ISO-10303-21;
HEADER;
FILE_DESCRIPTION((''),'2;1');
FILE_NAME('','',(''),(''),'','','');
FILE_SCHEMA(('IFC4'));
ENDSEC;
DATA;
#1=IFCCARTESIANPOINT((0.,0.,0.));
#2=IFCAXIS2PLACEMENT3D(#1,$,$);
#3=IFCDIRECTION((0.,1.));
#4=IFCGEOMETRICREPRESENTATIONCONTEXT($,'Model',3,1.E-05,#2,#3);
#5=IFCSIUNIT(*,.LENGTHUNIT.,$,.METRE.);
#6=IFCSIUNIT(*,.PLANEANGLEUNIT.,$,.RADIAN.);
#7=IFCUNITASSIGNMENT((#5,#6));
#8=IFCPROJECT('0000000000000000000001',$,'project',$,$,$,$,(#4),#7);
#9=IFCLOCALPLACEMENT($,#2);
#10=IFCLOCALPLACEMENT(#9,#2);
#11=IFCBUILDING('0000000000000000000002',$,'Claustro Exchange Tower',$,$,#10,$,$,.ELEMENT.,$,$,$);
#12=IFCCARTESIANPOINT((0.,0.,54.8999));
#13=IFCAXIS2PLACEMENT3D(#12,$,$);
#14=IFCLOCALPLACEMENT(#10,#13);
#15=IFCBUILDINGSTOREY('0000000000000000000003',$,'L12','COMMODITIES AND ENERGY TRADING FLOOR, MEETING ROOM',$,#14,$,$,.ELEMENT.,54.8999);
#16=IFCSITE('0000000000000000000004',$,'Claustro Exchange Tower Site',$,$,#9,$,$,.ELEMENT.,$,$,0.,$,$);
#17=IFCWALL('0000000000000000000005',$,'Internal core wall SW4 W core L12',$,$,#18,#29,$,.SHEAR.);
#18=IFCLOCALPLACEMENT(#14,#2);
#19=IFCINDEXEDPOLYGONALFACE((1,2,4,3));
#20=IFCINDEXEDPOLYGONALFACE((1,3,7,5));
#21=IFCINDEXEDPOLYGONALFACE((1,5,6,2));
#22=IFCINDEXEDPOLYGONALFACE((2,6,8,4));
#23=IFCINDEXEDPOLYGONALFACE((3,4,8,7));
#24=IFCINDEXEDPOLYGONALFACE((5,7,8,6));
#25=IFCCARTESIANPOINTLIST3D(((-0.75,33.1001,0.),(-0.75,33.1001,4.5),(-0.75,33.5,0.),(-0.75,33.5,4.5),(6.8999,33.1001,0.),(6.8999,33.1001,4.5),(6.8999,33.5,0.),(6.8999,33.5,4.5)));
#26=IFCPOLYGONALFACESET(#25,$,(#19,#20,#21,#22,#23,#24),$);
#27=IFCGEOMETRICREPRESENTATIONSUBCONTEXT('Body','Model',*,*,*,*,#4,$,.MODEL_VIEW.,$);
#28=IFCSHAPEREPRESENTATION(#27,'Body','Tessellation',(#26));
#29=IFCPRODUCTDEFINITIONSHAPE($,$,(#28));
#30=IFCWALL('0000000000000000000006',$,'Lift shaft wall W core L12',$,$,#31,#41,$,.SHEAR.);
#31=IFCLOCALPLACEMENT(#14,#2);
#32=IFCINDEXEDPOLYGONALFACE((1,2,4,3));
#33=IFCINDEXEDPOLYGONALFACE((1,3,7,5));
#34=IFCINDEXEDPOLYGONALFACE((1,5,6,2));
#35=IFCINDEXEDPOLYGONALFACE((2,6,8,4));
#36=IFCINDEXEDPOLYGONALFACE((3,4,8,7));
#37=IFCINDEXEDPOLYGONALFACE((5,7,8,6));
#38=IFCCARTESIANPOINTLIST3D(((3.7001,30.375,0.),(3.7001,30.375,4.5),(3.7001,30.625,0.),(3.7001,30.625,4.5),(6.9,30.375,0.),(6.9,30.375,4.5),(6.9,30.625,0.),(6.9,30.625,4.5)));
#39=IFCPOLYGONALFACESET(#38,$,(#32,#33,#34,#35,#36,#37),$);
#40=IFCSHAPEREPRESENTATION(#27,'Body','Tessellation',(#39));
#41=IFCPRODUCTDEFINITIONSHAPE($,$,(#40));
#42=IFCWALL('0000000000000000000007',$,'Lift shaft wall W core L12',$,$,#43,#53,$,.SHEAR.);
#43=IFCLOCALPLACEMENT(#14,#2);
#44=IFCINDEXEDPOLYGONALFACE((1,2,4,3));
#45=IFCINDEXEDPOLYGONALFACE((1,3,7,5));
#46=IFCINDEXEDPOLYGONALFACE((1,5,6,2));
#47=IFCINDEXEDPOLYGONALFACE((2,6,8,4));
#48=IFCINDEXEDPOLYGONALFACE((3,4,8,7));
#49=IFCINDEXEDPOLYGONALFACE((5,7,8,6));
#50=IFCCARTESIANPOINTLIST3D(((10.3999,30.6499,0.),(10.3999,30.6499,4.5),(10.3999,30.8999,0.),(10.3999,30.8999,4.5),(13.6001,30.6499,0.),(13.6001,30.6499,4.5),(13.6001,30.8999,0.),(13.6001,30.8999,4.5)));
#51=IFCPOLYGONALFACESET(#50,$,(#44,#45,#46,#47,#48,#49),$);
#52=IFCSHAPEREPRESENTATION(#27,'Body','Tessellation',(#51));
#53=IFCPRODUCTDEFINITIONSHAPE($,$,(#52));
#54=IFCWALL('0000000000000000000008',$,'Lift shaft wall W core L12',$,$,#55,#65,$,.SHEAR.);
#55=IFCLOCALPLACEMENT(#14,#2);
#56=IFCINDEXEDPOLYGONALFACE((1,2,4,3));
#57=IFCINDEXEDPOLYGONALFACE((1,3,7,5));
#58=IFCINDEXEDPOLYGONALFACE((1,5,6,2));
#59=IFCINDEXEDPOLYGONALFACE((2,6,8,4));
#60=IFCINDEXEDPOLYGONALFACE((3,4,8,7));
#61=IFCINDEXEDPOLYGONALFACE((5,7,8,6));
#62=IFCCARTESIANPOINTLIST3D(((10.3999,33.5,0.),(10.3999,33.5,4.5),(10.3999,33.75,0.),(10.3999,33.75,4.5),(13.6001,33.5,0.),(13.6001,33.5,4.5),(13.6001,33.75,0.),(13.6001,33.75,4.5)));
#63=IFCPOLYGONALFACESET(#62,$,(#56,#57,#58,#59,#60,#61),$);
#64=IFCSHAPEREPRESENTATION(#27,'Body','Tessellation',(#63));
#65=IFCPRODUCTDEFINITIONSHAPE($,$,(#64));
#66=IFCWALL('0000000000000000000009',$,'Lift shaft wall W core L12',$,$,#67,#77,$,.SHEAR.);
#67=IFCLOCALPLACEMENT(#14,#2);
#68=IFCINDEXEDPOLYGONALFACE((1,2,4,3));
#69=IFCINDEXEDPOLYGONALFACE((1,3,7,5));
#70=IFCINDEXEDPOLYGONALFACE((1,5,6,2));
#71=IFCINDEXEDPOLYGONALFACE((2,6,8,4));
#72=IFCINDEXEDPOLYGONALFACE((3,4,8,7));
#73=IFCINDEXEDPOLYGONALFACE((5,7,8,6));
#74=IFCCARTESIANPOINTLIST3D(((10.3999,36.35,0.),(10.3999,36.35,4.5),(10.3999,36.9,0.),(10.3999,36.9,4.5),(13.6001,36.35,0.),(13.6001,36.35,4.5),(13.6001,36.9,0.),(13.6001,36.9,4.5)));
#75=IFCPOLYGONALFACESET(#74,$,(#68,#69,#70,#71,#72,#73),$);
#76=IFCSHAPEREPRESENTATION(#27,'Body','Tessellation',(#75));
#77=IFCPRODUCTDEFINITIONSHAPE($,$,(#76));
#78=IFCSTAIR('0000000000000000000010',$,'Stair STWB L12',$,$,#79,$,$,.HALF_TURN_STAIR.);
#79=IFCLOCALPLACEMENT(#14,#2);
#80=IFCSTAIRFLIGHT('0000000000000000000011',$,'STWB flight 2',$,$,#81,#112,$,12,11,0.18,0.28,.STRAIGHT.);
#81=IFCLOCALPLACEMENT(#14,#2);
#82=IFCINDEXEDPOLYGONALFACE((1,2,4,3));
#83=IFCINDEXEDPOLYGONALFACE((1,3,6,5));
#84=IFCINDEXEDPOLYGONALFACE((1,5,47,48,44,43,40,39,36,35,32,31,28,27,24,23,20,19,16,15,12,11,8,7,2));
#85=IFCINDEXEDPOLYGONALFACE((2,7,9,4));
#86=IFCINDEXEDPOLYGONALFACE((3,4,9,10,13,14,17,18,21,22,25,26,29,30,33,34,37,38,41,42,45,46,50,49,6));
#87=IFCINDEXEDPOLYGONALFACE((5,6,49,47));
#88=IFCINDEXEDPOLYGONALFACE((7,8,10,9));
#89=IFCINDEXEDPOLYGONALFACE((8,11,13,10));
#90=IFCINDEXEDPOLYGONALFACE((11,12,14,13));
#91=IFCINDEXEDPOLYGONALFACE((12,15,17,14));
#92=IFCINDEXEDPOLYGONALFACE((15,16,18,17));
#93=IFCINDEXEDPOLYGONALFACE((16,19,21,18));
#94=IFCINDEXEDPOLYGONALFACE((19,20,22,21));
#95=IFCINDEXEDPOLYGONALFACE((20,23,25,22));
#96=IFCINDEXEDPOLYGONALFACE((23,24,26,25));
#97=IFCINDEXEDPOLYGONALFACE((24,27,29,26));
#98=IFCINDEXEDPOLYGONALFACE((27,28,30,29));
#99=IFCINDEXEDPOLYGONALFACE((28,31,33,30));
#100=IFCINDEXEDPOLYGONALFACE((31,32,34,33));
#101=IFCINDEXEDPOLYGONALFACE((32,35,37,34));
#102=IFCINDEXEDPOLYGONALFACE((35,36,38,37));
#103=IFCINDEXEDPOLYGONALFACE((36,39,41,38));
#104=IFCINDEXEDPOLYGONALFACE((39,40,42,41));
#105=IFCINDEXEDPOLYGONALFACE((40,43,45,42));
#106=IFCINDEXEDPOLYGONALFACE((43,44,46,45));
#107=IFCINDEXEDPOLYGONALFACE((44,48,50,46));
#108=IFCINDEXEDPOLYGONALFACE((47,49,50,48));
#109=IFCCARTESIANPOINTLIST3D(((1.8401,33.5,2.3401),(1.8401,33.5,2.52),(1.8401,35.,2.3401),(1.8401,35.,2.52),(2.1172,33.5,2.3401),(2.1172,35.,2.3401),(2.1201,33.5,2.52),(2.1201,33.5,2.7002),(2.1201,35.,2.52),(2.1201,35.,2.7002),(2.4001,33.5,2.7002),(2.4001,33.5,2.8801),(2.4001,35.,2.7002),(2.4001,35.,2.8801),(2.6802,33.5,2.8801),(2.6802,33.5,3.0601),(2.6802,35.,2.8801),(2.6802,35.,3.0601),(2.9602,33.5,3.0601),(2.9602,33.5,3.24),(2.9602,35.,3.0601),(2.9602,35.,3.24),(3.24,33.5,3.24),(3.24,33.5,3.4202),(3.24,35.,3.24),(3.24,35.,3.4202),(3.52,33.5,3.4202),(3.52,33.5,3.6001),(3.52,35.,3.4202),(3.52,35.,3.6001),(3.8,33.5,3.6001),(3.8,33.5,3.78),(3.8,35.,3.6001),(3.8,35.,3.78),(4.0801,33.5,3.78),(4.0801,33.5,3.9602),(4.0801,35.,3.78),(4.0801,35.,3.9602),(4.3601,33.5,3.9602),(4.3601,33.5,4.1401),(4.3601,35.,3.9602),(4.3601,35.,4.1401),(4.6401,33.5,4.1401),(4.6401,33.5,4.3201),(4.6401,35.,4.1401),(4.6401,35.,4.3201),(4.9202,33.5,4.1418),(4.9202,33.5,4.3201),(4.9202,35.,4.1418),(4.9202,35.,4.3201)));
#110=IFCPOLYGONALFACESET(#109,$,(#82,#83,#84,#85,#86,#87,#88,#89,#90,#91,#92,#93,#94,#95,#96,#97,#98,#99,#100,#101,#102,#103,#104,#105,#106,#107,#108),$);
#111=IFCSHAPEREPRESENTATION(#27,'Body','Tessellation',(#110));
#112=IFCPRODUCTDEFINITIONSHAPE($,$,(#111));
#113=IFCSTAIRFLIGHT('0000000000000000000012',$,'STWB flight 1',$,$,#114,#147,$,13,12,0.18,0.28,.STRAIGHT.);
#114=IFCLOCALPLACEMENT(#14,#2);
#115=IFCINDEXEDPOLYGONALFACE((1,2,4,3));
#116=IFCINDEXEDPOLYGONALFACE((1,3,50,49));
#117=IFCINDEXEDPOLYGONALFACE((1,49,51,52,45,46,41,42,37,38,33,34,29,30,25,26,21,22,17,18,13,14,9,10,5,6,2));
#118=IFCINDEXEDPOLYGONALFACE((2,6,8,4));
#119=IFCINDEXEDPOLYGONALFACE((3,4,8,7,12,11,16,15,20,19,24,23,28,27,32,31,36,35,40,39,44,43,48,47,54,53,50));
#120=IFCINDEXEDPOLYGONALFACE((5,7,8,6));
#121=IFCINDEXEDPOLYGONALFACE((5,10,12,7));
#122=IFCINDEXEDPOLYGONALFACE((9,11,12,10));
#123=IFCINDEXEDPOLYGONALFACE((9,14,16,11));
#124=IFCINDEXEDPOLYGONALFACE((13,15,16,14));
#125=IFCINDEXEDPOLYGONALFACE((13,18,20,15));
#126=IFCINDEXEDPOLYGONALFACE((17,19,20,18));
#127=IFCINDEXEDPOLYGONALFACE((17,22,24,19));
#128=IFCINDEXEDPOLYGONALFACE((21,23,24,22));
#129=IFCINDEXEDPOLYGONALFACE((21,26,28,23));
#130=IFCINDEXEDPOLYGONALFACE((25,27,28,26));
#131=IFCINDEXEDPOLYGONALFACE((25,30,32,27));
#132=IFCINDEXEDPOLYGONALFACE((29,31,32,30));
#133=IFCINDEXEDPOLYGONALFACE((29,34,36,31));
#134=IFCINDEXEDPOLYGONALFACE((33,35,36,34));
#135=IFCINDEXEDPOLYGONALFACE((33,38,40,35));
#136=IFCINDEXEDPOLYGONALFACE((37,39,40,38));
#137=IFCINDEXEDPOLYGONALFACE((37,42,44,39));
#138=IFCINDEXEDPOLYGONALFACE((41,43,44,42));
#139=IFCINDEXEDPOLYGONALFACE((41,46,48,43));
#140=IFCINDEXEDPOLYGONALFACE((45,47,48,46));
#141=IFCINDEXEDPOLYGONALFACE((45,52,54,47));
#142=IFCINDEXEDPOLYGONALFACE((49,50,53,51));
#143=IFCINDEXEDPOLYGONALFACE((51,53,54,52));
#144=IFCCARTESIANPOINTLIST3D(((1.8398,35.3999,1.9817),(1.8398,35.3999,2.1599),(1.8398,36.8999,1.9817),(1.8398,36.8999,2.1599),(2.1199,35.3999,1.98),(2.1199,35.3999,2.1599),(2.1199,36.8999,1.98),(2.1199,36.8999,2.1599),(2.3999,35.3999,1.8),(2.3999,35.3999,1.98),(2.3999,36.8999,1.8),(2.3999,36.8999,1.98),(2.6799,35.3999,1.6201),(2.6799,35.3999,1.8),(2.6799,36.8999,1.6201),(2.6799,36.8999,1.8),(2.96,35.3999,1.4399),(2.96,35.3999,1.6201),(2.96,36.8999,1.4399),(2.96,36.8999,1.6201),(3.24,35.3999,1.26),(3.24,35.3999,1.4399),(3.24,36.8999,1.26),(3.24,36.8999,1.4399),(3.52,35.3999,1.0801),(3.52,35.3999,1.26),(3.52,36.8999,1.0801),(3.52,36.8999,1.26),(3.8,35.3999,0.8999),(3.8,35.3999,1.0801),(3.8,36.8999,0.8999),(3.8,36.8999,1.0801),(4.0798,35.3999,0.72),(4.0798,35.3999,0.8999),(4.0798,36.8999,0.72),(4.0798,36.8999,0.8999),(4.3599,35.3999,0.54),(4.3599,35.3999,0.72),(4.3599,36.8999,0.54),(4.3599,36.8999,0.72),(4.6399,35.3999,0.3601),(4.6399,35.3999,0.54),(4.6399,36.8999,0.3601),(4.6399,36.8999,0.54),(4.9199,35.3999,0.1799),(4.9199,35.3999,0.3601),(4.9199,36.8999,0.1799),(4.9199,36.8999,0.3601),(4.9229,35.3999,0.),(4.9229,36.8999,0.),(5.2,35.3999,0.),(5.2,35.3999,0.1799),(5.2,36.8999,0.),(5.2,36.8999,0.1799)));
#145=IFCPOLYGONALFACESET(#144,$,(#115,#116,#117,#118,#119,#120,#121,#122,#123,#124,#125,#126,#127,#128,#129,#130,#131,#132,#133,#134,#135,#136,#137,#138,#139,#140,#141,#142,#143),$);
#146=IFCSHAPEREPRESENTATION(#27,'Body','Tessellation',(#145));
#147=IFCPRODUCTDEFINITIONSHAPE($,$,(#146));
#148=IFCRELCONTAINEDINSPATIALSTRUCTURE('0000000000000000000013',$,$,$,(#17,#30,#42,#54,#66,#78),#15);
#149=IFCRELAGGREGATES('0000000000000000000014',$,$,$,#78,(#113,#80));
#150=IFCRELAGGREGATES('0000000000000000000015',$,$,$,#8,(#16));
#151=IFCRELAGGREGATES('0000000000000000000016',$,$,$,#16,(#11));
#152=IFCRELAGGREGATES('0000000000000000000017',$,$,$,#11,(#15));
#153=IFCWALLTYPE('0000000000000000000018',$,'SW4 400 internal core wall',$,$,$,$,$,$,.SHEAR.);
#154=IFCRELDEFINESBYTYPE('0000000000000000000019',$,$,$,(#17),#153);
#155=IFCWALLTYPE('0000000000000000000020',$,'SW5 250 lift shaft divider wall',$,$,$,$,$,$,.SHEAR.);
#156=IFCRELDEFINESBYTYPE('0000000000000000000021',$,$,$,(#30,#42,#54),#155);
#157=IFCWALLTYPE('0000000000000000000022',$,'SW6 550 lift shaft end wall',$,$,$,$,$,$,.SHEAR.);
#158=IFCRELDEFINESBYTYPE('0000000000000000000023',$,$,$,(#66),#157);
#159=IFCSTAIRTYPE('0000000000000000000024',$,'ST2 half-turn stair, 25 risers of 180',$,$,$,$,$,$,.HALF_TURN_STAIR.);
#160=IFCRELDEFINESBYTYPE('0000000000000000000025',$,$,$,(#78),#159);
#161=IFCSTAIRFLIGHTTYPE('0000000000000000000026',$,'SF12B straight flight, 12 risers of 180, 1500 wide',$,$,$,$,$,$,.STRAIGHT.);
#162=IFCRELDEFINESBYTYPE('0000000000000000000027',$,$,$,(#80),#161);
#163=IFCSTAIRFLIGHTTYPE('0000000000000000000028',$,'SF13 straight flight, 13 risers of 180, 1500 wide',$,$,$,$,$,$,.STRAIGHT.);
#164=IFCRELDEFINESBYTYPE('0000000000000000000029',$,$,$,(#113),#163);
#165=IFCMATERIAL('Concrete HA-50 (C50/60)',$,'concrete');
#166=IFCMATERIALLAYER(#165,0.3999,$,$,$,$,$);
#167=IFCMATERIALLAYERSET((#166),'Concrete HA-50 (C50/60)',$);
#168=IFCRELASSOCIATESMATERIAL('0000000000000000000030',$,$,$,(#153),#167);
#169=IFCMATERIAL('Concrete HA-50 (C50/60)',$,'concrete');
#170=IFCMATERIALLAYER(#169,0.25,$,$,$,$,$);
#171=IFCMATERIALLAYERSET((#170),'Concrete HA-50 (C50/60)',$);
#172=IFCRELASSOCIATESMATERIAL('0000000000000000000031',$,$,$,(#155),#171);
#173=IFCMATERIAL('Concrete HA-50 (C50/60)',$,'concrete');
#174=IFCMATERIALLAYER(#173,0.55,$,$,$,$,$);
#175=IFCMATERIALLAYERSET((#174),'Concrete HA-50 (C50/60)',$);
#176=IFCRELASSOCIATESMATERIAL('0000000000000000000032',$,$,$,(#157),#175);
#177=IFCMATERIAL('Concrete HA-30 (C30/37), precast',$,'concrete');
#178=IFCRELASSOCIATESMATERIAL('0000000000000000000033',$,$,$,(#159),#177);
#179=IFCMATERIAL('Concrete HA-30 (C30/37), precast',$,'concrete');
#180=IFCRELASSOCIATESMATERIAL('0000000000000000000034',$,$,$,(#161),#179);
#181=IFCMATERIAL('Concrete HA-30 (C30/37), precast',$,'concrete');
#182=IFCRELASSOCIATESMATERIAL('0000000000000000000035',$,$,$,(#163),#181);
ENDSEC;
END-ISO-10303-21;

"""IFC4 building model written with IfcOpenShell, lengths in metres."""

from ifc_helpers import new_model, si_unit, direction, frame, frame_2d, origin, place, context, subcontext, project, spatial, polyline, rectangle, outline, extrude, material, layer, layer_set, type_object, element, aggregate, save


model = new_model("IFC4")

# Units and contexts
model_context = context("Model", 3, precision=1e-05, world=origin(), true_north=direction((0.0, 1.0)))
body_context = subcontext(model_context, "Body", "Model", "MODEL_VIEW")
ifc_project = project(units=[si_unit("LENGTHUNIT", "METRE"), si_unit("PLANEANGLEUNIT", "RADIAN")], contexts=[model_context])

# Site, building, storey
site_placement = place(None, origin())
site = spatial("IfcSite", under=ifc_project, at=site_placement, Name="Claustro Exchange Tower Site", CompositionType="ELEMENT", RefElevation=0.0)
building_placement = place(site_placement, origin())
building = spatial("IfcBuilding", under=site, at=building_placement, Name="Claustro Exchange Tower", CompositionType="ELEMENT")
storey_placement = place(building_placement, frame((0.0, 0.0, 54.8999)))
storey = spatial("IfcBuildingStorey", under=building, at=storey_placement, Name="L12", Description="COMMODITIES AND ENERGY TRADING FLOOR, MEETING ROOM", CompositionType="ELEMENT", Elevation=54.8999)

# Walls
ifc_material_1 = material(Name="Concrete HA-50 (C50/60)", Category="concrete")
ifc_layer_1 = layer(ifc_material_1, 0.3999)
ifc_layer_set_1 = layer_set([ifc_layer_1], Name="Concrete HA-50 (C50/60)")
wall_type_1 = type_object("IfcWallType", Name="SW4 400 internal core wall", PredefinedType="SHEAR", material=ifc_layer_set_1)
wall_1_placement = place(storey_placement, frame((-0.75, 33.3, 0.0), z_axis=(0.0, 0.0, 1.0), x_axis=(1.0, 0.0, 0.0)))
element("IfcWall", 1, at=wall_1_placement, inside=storey, type_object=wall_type_1, Name="Internal core wall SW4 W core L12", PredefinedType="SHEAR", context=body_context, shape_type="SweptSolid", body=[
    extrude(rectangle(XDim=7.6499, YDim=0.3999, at=frame_2d((3.825, 0.0))), origin(), (0.0, 0.0, 1.0), 4.5),
])
ifc_material_2 = material(Name="Concrete HA-50 (C50/60)", Category="concrete")
ifc_layer_2 = layer(ifc_material_2, 0.25)
ifc_layer_set_2 = layer_set([ifc_layer_2], Name="Concrete HA-50 (C50/60)")
wall_type_2 = type_object("IfcWallType", Name="SW5 250 lift shaft divider wall", PredefinedType="SHEAR", material=ifc_layer_set_2)
wall_2_placement = place(storey_placement, frame((3.7, 30.5, 0.0), z_axis=(0.0, 0.0, 1.0), x_axis=(1.0, 0.0, 0.0)))
element("IfcWall", 2, at=wall_2_placement, inside=storey, type_object=wall_type_2, Name="Lift shaft wall W core L12", PredefinedType="SHEAR", context=body_context, shape_type="SweptSolid", body=[
    extrude(rectangle(XDim=3.2, YDim=0.25, at=frame_2d((1.6001, 0.0))), origin(), (0.0, 0.0, 1.0), 4.5),
])
for number, where, z_axis, x_axis, name in (
    (3, (10.3999, 30.7749, 0.0), (0.0, 0.0, 1.0), (1.0, 0.0, 0.0), "Lift shaft wall W core L12"),
    (4, (10.3999, 33.625, 0.0), (0.0, 0.0, 1.0), (1.0, 0.0, 0.0), "Lift shaft wall W core L12"),
):
    element("IfcWall", number, at=place(storey_placement, frame(where, z_axis=z_axis, x_axis=x_axis)), inside=storey, type_object=wall_type_2, Name=name, PredefinedType="SHEAR", context=body_context, shape_type="SweptSolid", body=[
        extrude(rectangle(XDim=3.2002, YDim=0.25, at=frame_2d((1.6001, 0.0))), origin(), (0.0, 0.0, 1.0), 4.5),
    ])
ifc_material_3 = material(Name="Concrete HA-50 (C50/60)", Category="concrete")
ifc_layer_3 = layer(ifc_material_3, 0.55)
ifc_layer_set_3 = layer_set([ifc_layer_3], Name="Concrete HA-50 (C50/60)")
wall_type_3 = type_object("IfcWallType", Name="SW6 550 lift shaft end wall", PredefinedType="SHEAR", material=ifc_layer_set_3)
wall_3_placement = place(storey_placement, frame((10.3999, 36.625, 0.0), z_axis=(0.0, 0.0, 1.0), x_axis=(1.0, 0.0, 0.0)))
element("IfcWall", 5, at=wall_3_placement, inside=storey, type_object=wall_type_3, Name="Lift shaft wall W core L12", PredefinedType="SHEAR", context=body_context, shape_type="SweptSolid", body=[
    extrude(rectangle(XDim=3.2002, YDim=0.55, at=frame_2d((1.6001, 0.0))), origin(), (0.0, 0.0, 1.0), 4.5),
])

# Stair, stair flights
ifc_material_4 = material(Name="Concrete HA-30 (C30/37), precast", Category="concrete")
stair_type = type_object("IfcStairType", Name="ST2 half-turn stair, 25 risers of 180", PredefinedType="HALF_TURN_STAIR", material=ifc_material_4)
stair_placement = place(storey_placement, origin())
stair = element("IfcStair", 6, at=stair_placement, inside=storey, type_object=stair_type, Name="Stair STWB L12", PredefinedType="HALF_TURN_STAIR")
ifc_material_5 = material(Name="Concrete HA-30 (C30/37), precast", Category="concrete")
stair_flight_type_1 = type_object("IfcStairFlightType", Name="SF12B straight flight, 12 risers of 180, 1500 wide", PredefinedType="STRAIGHT", material=ifc_material_5)
stair_flight_1_placement = place(storey_placement, frame((1.8401, 34.25, 2.3401), z_axis=(0.0, 0.0, 1.0), x_axis=(1.0, 0.0, 0.0)))
stair_flight_1 = element("IfcStairFlight", 7, at=stair_flight_1_placement, type_object=stair_flight_type_1, Name="STWB flight 2", NumberOfRisers=12, NumberOfTreads=11, PredefinedType="STRAIGHT", RiserHeight=0.18, TreadLength=0.28, context=body_context, shape_type="SweptSolid", body=[
    extrude(outline(polyline([(0.0, 0.0), (0.0, 0.1799), (0.28, 0.1799), (0.28, 0.3601), (0.5601, 0.3601), (0.5601, 0.54), (0.8401, 0.54), (0.8401, 0.72), (1.1201, 0.72), (1.1201, 0.8999), (1.3999, 0.8999), (1.3999, 1.0801), (1.6799, 1.0801), (1.6799, 1.26), (1.96, 1.26), (1.96, 1.4399), (2.24, 1.4399), (2.24, 1.6201), (2.52, 1.6201), (2.52, 1.8), (2.8, 1.8), (2.8, 1.98), (3.0801, 1.98), (3.0801, 2.1599), (3.0801, 1.8018), (0.2771, 0.0), (0.0, 0.0)])), frame((0.0, 0.75, 0.0), z_axis=(0.0, -1.0, 0.0), x_axis=(1.0, 0.0, 0.0)), (0.0, 0.0, 1.0), 1.5),
])
ifc_material_6 = material(Name="Concrete HA-30 (C30/37), precast", Category="concrete")
stair_flight_type_2 = type_object("IfcStairFlightType", Name="SF13 straight flight, 13 risers of 180, 1500 wide", PredefinedType="STRAIGHT", material=ifc_material_6)
stair_flight_2_placement = place(storey_placement, frame((5.2, 36.1499, 0.0), z_axis=(0.0, 0.0, 1.0), x_axis=(-1.0, 0.0, 0.0)))
stair_flight_2 = element("IfcStairFlight", 8, at=stair_flight_2_placement, type_object=stair_flight_type_2, Name="STWB flight 1", NumberOfRisers=13, NumberOfTreads=12, PredefinedType="STRAIGHT", RiserHeight=0.18, TreadLength=0.28, context=body_context, shape_type="SweptSolid", body=[
    extrude(outline(polyline([(0.0, 0.0), (0.0, 0.1799), (0.28, 0.1799), (0.28, 0.3601), (0.5601, 0.3601), (0.5601, 0.54), (0.8401, 0.54), (0.8401, 0.72), (1.1201, 0.72), (1.1201, 0.8999), (1.3999, 0.8999), (1.3999, 1.0801), (1.6799, 1.0801), (1.6799, 1.26), (1.96, 1.26), (1.96, 1.4399), (2.24, 1.4399), (2.24, 1.6201), (2.52, 1.6201), (2.52, 1.8), (2.8, 1.8), (2.8, 1.98), (3.0801, 1.98), (3.0801, 2.1599), (3.3601, 2.1599), (3.3601, 2.3401), (3.3601, 1.9817), (0.2771, 0.0), (0.0, 0.0)])), frame((0.0, 0.75, 0.0), z_axis=(0.0, -1.0, 0.0), x_axis=(1.0, 0.0, 0.0)), (0.0, 0.0, 1.0), 1.5),
])
aggregate(stair, [stair_flight_2, stair_flight_1])

save(model, "model.ifc")
